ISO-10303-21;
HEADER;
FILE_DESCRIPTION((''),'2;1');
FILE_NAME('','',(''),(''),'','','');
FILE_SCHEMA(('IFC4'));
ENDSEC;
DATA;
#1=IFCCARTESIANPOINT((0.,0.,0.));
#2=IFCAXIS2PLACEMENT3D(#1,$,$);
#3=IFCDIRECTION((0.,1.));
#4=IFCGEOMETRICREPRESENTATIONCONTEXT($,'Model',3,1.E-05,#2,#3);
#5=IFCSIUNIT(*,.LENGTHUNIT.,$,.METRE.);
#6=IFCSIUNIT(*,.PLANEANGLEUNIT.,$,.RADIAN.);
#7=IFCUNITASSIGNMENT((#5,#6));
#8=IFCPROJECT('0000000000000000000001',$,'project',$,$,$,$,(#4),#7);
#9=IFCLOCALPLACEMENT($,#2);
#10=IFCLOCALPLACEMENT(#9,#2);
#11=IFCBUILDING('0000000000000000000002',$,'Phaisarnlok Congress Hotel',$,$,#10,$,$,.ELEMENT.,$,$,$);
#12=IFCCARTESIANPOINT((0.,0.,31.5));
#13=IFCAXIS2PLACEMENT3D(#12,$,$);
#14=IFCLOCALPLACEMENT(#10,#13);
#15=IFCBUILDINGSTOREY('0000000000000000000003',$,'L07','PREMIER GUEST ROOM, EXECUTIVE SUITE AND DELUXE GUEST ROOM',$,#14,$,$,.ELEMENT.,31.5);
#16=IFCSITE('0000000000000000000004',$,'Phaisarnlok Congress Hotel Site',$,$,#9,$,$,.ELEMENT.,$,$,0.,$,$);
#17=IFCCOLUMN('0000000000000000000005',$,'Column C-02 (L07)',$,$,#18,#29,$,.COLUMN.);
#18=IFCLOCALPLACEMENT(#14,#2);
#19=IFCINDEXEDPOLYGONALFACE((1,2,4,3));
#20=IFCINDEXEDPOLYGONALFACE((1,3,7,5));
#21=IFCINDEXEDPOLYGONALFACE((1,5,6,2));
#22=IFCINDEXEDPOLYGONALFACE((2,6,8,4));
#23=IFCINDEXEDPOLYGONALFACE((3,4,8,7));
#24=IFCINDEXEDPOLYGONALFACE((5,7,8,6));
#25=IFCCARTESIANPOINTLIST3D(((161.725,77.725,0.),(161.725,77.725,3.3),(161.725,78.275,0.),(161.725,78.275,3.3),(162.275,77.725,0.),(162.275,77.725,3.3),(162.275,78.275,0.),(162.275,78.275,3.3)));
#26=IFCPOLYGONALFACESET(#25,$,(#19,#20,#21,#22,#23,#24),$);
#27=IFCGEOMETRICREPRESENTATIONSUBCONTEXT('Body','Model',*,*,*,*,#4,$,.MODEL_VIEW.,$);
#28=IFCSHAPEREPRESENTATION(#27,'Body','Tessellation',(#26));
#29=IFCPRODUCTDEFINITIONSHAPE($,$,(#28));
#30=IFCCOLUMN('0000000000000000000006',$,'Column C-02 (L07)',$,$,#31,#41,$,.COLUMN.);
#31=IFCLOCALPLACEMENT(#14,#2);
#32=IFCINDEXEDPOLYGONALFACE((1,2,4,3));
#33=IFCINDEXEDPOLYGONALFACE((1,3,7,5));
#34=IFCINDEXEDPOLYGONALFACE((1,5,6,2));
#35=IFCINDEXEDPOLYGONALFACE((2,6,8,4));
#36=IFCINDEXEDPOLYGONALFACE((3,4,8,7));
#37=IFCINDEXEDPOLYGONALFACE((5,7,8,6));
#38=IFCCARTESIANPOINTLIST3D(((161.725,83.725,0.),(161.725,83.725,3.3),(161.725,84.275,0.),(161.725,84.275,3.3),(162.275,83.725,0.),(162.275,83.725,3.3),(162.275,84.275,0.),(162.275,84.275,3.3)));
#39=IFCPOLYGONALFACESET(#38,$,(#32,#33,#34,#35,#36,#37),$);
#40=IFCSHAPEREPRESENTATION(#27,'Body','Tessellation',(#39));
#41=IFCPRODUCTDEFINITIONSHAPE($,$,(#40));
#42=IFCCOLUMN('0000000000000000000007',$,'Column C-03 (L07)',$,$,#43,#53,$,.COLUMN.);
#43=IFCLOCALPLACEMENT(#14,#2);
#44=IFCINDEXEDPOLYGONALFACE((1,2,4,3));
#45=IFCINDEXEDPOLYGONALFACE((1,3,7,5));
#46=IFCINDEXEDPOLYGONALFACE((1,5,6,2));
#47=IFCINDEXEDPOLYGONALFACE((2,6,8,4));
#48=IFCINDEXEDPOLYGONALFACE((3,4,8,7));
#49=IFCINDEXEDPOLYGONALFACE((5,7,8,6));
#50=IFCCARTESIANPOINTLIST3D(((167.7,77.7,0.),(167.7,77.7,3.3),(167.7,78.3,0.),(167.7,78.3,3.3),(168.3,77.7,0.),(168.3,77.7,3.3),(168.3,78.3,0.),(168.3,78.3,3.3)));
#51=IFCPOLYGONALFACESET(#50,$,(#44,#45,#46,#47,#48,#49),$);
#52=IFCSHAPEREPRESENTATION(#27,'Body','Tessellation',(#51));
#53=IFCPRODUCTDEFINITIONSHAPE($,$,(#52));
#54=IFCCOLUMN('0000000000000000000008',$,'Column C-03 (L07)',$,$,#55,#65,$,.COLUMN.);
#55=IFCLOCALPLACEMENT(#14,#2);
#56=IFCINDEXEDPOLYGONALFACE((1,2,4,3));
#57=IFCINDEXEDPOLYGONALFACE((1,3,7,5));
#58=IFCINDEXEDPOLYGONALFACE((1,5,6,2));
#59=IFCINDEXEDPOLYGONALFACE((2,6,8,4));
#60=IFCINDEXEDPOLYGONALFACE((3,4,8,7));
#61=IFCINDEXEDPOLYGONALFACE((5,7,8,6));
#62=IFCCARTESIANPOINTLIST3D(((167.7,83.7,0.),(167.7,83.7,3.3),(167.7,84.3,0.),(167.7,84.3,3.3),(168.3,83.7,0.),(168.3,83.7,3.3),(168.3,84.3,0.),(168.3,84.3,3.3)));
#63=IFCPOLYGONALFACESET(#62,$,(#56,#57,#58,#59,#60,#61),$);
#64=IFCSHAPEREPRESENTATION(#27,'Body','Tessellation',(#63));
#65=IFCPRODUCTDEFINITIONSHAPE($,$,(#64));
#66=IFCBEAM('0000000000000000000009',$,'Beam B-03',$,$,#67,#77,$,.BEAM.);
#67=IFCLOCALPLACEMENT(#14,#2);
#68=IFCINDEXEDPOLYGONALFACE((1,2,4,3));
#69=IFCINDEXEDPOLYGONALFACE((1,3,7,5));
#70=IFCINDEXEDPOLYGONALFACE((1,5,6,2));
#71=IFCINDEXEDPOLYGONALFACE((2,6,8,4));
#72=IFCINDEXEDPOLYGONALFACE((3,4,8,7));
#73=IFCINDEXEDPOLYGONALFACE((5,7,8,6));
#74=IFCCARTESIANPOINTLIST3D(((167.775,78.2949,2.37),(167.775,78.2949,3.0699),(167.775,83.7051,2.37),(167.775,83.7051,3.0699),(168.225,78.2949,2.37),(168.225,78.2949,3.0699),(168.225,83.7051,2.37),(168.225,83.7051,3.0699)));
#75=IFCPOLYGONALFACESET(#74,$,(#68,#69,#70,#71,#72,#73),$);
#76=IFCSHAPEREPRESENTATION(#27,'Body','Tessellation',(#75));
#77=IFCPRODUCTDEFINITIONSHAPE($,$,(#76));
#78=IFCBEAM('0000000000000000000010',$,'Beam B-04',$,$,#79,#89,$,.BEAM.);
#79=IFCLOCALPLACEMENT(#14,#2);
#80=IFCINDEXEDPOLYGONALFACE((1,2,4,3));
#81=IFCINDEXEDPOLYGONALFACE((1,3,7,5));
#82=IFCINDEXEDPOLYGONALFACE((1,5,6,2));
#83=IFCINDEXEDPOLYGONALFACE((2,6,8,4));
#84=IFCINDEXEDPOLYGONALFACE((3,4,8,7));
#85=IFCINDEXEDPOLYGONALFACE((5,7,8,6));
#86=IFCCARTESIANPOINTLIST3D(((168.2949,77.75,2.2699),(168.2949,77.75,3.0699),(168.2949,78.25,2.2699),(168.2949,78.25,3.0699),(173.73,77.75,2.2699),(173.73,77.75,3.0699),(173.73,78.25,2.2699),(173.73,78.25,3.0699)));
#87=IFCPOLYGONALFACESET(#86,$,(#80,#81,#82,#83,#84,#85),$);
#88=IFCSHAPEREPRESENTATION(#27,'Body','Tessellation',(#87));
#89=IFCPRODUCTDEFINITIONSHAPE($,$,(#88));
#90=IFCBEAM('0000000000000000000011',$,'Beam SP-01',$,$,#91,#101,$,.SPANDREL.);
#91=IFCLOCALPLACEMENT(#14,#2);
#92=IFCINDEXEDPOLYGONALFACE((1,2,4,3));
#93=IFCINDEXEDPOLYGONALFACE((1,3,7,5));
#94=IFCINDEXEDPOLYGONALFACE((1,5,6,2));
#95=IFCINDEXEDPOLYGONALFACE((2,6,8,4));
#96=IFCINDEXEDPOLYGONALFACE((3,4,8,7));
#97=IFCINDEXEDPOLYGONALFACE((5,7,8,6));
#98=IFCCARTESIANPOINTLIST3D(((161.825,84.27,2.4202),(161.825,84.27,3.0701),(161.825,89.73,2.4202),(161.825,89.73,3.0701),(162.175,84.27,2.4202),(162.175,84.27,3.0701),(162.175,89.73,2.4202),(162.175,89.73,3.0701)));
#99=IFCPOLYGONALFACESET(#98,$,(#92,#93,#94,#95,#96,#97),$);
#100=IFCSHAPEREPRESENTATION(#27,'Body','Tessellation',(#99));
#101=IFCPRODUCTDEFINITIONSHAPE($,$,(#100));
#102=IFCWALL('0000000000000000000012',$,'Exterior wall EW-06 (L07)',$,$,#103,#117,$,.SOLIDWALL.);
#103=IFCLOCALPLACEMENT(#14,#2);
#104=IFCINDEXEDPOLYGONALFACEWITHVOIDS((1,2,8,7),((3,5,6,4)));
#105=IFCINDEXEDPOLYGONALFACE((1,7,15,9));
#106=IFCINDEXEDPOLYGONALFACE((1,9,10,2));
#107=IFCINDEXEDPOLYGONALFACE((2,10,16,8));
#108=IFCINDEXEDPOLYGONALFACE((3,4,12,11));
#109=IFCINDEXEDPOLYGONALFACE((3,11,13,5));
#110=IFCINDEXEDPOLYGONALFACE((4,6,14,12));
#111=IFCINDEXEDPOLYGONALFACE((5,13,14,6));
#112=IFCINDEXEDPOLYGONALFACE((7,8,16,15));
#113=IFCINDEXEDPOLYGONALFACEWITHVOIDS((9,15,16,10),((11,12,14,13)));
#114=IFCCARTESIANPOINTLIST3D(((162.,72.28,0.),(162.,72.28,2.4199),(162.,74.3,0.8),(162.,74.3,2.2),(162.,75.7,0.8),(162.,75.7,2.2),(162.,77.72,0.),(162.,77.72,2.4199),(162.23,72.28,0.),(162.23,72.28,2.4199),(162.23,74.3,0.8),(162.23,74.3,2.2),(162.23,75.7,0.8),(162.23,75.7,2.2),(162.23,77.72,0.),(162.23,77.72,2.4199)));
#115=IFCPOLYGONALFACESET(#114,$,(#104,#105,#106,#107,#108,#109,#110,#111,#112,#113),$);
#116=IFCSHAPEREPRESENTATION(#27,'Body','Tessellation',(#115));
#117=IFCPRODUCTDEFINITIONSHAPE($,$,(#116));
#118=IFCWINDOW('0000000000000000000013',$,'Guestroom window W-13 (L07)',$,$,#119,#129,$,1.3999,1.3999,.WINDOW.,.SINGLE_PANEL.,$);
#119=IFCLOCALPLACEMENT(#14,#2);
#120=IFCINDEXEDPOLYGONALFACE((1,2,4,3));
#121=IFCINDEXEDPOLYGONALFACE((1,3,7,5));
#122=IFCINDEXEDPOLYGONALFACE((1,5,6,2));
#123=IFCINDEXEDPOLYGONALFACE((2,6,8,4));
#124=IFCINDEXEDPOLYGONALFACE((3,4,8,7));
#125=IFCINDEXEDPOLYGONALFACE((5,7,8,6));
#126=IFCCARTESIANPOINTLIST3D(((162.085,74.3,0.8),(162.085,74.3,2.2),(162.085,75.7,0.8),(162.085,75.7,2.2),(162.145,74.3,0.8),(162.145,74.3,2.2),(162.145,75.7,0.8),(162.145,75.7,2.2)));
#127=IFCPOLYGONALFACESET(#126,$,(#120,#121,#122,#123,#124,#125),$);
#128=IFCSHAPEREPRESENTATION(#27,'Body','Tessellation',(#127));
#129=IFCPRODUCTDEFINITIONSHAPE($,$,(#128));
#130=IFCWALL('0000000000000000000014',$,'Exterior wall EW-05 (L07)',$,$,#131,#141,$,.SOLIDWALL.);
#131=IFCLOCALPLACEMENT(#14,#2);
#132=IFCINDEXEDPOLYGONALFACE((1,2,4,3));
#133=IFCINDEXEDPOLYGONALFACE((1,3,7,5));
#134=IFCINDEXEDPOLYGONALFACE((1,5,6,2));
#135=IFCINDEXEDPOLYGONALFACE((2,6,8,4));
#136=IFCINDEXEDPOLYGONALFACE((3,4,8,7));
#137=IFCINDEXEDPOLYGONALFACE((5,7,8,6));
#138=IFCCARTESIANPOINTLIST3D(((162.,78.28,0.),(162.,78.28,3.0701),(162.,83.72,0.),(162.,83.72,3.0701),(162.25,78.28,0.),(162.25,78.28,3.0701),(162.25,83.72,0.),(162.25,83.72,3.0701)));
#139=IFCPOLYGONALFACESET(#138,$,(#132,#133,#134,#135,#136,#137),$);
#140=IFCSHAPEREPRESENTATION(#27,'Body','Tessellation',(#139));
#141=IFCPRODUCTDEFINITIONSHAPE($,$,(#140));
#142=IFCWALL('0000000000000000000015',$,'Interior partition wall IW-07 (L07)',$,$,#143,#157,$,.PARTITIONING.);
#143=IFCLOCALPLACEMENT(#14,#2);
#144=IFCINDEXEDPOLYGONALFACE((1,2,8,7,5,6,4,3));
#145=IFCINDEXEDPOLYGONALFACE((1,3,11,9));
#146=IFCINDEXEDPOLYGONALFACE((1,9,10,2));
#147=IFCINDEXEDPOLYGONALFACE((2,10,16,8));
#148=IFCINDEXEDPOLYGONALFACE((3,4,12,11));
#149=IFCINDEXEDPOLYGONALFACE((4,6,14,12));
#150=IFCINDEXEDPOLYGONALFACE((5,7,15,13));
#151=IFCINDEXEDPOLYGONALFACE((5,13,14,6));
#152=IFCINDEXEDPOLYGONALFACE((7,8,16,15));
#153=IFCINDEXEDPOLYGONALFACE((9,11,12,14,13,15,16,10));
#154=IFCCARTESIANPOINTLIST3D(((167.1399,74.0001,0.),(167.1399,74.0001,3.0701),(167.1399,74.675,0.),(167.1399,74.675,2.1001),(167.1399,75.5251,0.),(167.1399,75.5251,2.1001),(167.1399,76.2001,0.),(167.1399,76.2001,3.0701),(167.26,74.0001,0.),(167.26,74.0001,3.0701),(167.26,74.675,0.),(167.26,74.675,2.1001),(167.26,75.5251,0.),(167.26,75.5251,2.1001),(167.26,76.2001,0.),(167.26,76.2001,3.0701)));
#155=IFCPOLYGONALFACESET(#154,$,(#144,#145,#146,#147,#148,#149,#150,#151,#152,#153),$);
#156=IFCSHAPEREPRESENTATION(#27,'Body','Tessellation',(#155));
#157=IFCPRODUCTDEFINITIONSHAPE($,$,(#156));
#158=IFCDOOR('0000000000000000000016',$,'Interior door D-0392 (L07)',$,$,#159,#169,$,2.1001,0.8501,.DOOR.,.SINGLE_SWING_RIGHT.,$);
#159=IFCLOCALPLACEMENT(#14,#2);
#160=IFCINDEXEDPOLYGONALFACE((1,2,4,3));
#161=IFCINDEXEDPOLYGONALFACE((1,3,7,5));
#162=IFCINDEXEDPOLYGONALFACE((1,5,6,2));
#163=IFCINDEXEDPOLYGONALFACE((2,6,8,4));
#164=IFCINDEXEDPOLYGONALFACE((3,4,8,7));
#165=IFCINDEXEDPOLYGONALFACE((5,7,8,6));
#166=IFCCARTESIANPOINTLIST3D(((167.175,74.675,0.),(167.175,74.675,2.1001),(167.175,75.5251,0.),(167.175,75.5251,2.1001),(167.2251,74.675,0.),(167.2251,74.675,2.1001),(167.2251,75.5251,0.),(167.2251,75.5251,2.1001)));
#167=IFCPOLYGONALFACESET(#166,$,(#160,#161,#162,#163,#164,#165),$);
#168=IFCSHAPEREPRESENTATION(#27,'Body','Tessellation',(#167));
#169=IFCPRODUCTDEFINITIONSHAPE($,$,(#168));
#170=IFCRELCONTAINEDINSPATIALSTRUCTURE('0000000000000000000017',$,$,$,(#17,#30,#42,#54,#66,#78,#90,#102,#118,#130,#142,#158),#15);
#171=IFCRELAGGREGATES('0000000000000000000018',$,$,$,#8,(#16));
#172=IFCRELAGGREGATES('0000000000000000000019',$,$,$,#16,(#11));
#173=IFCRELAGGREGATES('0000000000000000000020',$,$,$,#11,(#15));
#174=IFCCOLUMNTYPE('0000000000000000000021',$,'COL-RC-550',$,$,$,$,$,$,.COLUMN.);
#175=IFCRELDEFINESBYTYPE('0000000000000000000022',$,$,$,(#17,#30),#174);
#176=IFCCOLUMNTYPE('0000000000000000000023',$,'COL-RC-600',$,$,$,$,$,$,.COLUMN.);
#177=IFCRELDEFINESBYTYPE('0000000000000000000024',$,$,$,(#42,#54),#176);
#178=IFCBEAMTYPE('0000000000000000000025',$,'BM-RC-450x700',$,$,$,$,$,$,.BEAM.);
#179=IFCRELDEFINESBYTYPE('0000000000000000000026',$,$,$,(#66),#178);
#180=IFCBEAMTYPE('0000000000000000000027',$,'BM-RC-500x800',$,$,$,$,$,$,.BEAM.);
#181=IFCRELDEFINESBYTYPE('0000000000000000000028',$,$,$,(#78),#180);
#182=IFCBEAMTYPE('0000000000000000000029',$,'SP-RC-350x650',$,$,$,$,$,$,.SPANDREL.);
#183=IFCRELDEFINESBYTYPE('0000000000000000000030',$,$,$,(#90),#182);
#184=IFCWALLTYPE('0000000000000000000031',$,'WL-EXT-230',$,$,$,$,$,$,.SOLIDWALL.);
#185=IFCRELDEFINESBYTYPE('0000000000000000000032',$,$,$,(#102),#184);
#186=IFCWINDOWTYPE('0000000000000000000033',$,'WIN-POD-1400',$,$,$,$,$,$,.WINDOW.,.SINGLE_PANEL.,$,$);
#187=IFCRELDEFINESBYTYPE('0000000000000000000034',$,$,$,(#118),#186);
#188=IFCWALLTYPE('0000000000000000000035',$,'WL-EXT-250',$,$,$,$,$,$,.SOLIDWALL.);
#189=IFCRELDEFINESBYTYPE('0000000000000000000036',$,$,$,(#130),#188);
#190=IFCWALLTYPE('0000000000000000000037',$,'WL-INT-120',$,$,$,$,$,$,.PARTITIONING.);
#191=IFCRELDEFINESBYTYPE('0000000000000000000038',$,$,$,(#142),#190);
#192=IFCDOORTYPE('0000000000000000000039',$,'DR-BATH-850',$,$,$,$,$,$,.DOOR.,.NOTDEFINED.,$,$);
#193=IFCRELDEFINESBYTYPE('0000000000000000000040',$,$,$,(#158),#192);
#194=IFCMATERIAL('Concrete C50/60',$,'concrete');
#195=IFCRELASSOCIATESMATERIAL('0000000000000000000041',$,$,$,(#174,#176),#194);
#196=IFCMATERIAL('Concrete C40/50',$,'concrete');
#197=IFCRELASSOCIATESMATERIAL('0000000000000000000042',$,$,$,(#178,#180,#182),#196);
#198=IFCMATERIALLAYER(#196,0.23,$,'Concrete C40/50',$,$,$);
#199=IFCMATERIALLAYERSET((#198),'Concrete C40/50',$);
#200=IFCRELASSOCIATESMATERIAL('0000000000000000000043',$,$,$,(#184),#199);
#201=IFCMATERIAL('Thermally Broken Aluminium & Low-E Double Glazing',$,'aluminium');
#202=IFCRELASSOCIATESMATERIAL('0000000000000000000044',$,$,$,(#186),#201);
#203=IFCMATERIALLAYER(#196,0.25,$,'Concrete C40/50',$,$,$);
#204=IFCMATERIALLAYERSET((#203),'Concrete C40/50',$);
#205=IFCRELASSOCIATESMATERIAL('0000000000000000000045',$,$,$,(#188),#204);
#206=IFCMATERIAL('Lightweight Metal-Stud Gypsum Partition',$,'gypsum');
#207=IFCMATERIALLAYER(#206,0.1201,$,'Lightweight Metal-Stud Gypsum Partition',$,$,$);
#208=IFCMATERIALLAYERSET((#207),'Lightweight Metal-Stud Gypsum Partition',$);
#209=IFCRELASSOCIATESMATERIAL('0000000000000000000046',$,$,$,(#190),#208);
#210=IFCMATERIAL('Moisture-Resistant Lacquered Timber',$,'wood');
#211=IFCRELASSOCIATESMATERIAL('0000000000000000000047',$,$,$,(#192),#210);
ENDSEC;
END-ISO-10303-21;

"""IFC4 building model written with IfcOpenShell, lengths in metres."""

from ifc_helpers import new_model, si_unit, direction, frame, frame_2d, origin, origin_2d, place, context, subcontext, project, spatial, rectangle, extrude, material, layer, layer_set, material_profile, profile_set, type_object, element, fill, save


model = new_model("IFC4")

# Units and contexts
model_context = context("Model", 3, precision=1e-05, world=origin(), true_north=direction((0.0, 1.0)))
body_context = subcontext(model_context, "Body", "Model", "MODEL_VIEW")
ifc_project = project(units=[si_unit("LENGTHUNIT", "METRE"), si_unit("PLANEANGLEUNIT", "RADIAN")], contexts=[model_context])

# Site, building, storey
site_placement = place(None, origin())
site = spatial("IfcSite", under=ifc_project, at=site_placement, Name="Phaisarnlok Congress Hotel Site", CompositionType="ELEMENT", RefElevation=0.0)
building_placement = place(site_placement, origin())
building = spatial("IfcBuilding", under=site, at=building_placement, Name="Phaisarnlok Congress Hotel", CompositionType="ELEMENT")
storey_placement = place(building_placement, frame((0.0, 0.0, 31.5)))
storey = spatial("IfcBuildingStorey", under=building, at=storey_placement, Name="L07", Description="PREMIER GUEST ROOM, EXECUTIVE SUITE AND DELUXE GUEST ROOM", CompositionType="ELEMENT", Elevation=31.5)

# Columns
ifc_material_1 = material(Name="Concrete C50/60", Category="concrete")
ifc_material_profile_1 = material_profile(ifc_material_1, rectangle(XDim=0.55, YDim=0.55, at=origin_2d()), Name="RC 550x550")
ifc_profile_set_1 = profile_set([ifc_material_profile_1], Name="Concrete C50/60")
column_type_1 = type_object("IfcColumnType", Name="COL-RC-550", PredefinedType="COLUMN", material=ifc_profile_set_1)
for number, where, z_axis, x_axis, name in (
    (1, (162.0, 78.0, 0.0), (0.0, 0.0, 1.0), (1.0, 0.0, 0.0), "Column C-02 (L07)"),
    (2, (162.0, 84.0, 0.0), (0.0, 0.0, 1.0), (1.0, 0.0, 0.0), "Column C-02 (L07)"),
):
    element("IfcColumn", number, at=place(storey_placement, frame(where, z_axis=z_axis, x_axis=x_axis)), inside=storey, type_object=column_type_1, Name=name, PredefinedType="COLUMN", context=body_context, shape_type="SweptSolid", body=[
        extrude(rectangle(XDim=0.55, YDim=0.55, at=origin_2d()), origin(), (0.0, 0.0, 1.0), 3.3),
    ])
ifc_material_profile_2 = material_profile(ifc_material_1, rectangle(XDim=0.6001, YDim=0.6001, at=origin_2d()), Name="RC 600x600")
ifc_profile_set_2 = profile_set([ifc_material_profile_2], Name="Concrete C50/60")
column_type_2 = type_object("IfcColumnType", Name="COL-RC-600", PredefinedType="COLUMN", material=ifc_profile_set_2)
for number, where, z_axis, x_axis, name in (
    (3, (168.0, 78.0, 0.0), (0.0, 0.0, 1.0), (1.0, 0.0, 0.0), "Column C-03 (L07)"),
    (4, (168.0, 84.0, 0.0), (0.0, 0.0, 1.0), (1.0, 0.0, 0.0), "Column C-03 (L07)"),
):
    element("IfcColumn", number, at=place(storey_placement, frame(where, z_axis=z_axis, x_axis=x_axis)), inside=storey, type_object=column_type_2, Name=name, PredefinedType="COLUMN", context=body_context, shape_type="SweptSolid", body=[
        extrude(rectangle(XDim=0.6001, YDim=0.6001, at=origin_2d()), origin(), (0.0, 0.0, 1.0), 3.3),
    ])

# Beams
ifc_material_2 = material(Name="Concrete C40/50", Category="concrete")
ifc_material_profile_3 = material_profile(ifc_material_2, rectangle(XDim=0.45, YDim=0.7, at=origin_2d()), Name="RC 450x700")
ifc_profile_set_3 = profile_set([ifc_material_profile_3], Name="Concrete C40/50")
beam_type_1 = type_object("IfcBeamType", Name="BM-RC-450x700", PredefinedType="BEAM", material=ifc_profile_set_3)
beam_1_placement = place(storey_placement, frame((168.0, 78.2949, 2.72), z_axis=(0.0, 1.0, 0.0), x_axis=(-1.0, 0.0, 0.0)))
element("IfcBeam", 5, at=beam_1_placement, inside=storey, type_object=beam_type_1, Name="Beam B-03", PredefinedType="BEAM", context=body_context, shape_type="SweptSolid", body=[
    extrude(rectangle(XDim=0.45, YDim=0.7, at=origin_2d()), origin(), (0.0, 0.0, 1.0), 5.4102),
])
ifc_material_profile_4 = material_profile(ifc_material_2, rectangle(XDim=0.5, YDim=0.8, at=origin_2d()), Name="RC 500x800")
ifc_profile_set_4 = profile_set([ifc_material_profile_4], Name="Concrete C40/50")
beam_type_2 = type_object("IfcBeamType", Name="BM-RC-500x800", PredefinedType="BEAM", material=ifc_profile_set_4)
beam_2_placement = place(storey_placement, frame((168.2949, 78.0, 2.6699), z_axis=(1.0, 0.0, 0.0), x_axis=(0.0, 1.0, 0.0)))
element("IfcBeam", 6, at=beam_2_placement, inside=storey, type_object=beam_type_2, Name="Beam B-04", PredefinedType="BEAM", context=body_context, shape_type="SweptSolid", body=[
    extrude(rectangle(XDim=0.5, YDim=0.8, at=origin_2d()), origin(), (0.0, 0.0, 1.0), 5.4351),
])
ifc_material_profile_5 = material_profile(ifc_material_2, rectangle(XDim=0.3501, YDim=0.6499, at=origin_2d()), Name="RC 350x650")
ifc_profile_set_5 = profile_set([ifc_material_profile_5], Name="Concrete C40/50")
beam_type_3 = type_object("IfcBeamType", Name="SP-RC-350x650", PredefinedType="SPANDREL", material=ifc_profile_set_5)
beam_3_placement = place(storey_placement, frame((162.0, 84.27, 2.7451), z_axis=(0.0, 1.0, 0.0), x_axis=(-1.0, 0.0, 0.0)))
element("IfcBeam", 7, at=beam_3_placement, inside=storey, type_object=beam_type_3, Name="Beam SP-01", PredefinedType="SPANDREL", context=body_context, shape_type="SweptSolid", body=[
    extrude(rectangle(XDim=0.3501, YDim=0.6499, at=origin_2d()), origin(), (0.0, 0.0, 1.0), 5.46),
])

# Wall, opening, window
ifc_layer_1 = layer(ifc_material_2, 0.23, Name="Concrete C40/50")
ifc_layer_set_1 = layer_set([ifc_layer_1], Name="Concrete C40/50")
wall_type_1 = type_object("IfcWallType", Name="WL-EXT-230", PredefinedType="SOLIDWALL", material=ifc_layer_set_1)
wall_1_placement = place(storey_placement, frame((162.115, 77.72, 0.0), z_axis=(0.0, 0.0, 1.0), x_axis=(0.0, -1.0, 0.0)))
wall_1 = element("IfcWall", 8, at=wall_1_placement, inside=storey, type_object=wall_type_1, Name="Exterior wall EW-06 (L07)", PredefinedType="SOLIDWALL", context=body_context, shape_type="SweptSolid", body=[
    extrude(rectangle(XDim=5.4399, YDim=0.23, at=frame_2d((2.72, 0.0))), origin(), (0.0, 0.0, 1.0), 2.4199),
])
opening_1_placement = place(wall_1_placement, frame((2.02, 0.0, 0.8)))
opening_1 = element("IfcOpeningElement", 9, at=opening_1_placement, cuts=wall_1, PredefinedType="OPENING", context=body_context, shape_type="SweptSolid", body=[
    extrude(rectangle(XDim=1.3999, YDim=1.3999, at=frame_2d((0.7, 0.7))), frame((0.0, 0.125, 0.0), z_axis=(0.0, -1.0, 0.0), x_axis=(1.0, 0.0, 0.0)), (0.0, 0.0, 1.0), 0.25),
])
ifc_material_3 = material(Name="Thermally Broken Aluminium & Low-E Double Glazing", Category="aluminium")
window_type = type_object("IfcWindowType", Name="WIN-POD-1400", PartitioningType="SINGLE_PANEL", PredefinedType="WINDOW", material=ifc_material_3)
window_placement = place(opening_1_placement, origin())
window = element("IfcWindow", 10, at=window_placement, inside=storey, type_object=window_type, Name="Guestroom window W-13 (L07)", OverallHeight=1.3999, OverallWidth=1.3999, PartitioningType="SINGLE_PANEL", PredefinedType="WINDOW", context=body_context, shape_type="SweptSolid", body=[
    extrude(rectangle(XDim=1.3999, YDim=1.3999, at=frame_2d((0.7, 0.7))), frame((0.0, 0.03, 0.0), z_axis=(0.0, -1.0, 0.0), x_axis=(1.0, 0.0, 0.0)), (0.0, 0.0, 1.0), 0.0601),
])
fill(opening_1, window)

# Wall
ifc_layer_2 = layer(ifc_material_2, 0.25, Name="Concrete C40/50")
ifc_layer_set_2 = layer_set([ifc_layer_2], Name="Concrete C40/50")
wall_type_2 = type_object("IfcWallType", Name="WL-EXT-250", PredefinedType="SOLIDWALL", material=ifc_layer_set_2)
wall_2_placement = place(storey_placement, frame((162.125, 83.72, 0.0), z_axis=(0.0, 0.0, 1.0), x_axis=(0.0, -1.0, 0.0)))
element("IfcWall", 11, at=wall_2_placement, inside=storey, type_object=wall_type_2, Name="Exterior wall EW-05 (L07)", PredefinedType="SOLIDWALL", context=body_context, shape_type="SweptSolid", body=[
    extrude(rectangle(XDim=5.4399, YDim=0.25, at=frame_2d((2.72, 0.0))), origin(), (0.0, 0.0, 1.0), 3.0701),
])

# Wall, opening, door
ifc_material_4 = material(Name="Lightweight Metal-Stud Gypsum Partition", Category="gypsum")
ifc_layer_3 = layer(ifc_material_4, 0.1201, Name="Lightweight Metal-Stud Gypsum Partition")
ifc_layer_set_3 = layer_set([ifc_layer_3], Name="Lightweight Metal-Stud Gypsum Partition")
wall_type_3 = type_object("IfcWallType", Name="WL-INT-120", PredefinedType="PARTITIONING", material=ifc_layer_set_3)
wall_3_placement = place(storey_placement, frame((167.2, 74.0, 0.0), z_axis=(0.0, 0.0, 1.0), x_axis=(0.0, 1.0, 0.0)))
wall_3 = element("IfcWall", 12, at=wall_3_placement, inside=storey, type_object=wall_type_3, Name="Interior partition wall IW-07 (L07)", PredefinedType="PARTITIONING", context=body_context, shape_type="SweptSolid", body=[
    extrude(rectangle(XDim=2.2, YDim=0.1201, at=frame_2d((1.1001, 0.0))), origin(), (0.0, 0.0, 1.0), 3.0701),
])
opening_2_placement = place(wall_3_placement, frame((0.675, 0.0, 0.0)))
opening_2 = element("IfcOpeningElement", 13, at=opening_2_placement, cuts=wall_3, PredefinedType="OPENING", context=body_context, shape_type="SweptSolid", body=[
    extrude(rectangle(XDim=0.8501, YDim=2.1001, at=frame_2d((0.425, 1.05))), frame((0.0, 0.0701, 0.0), z_axis=(0.0, -1.0, 0.0), x_axis=(1.0, 0.0, 0.0)), (0.0, 0.0, 1.0), 0.1401),
])
ifc_material_5 = material(Name="Moisture-Resistant Lacquered Timber", Category="wood")
door_type = type_object("IfcDoorType", Name="DR-BATH-850", OperationType="NOTDEFINED", PredefinedType="DOOR", material=ifc_material_5)
door_placement = place(opening_2_placement, origin())
door = element("IfcDoor", 14, at=door_placement, inside=storey, type_object=door_type, Name="Interior door D-0392 (L07)", OperationType="SINGLE_SWING_RIGHT", OverallHeight=2.1001, OverallWidth=0.8501, PredefinedType="DOOR", context=body_context, shape_type="SweptSolid", body=[
    extrude(rectangle(XDim=0.8501, YDim=2.1001, at=frame_2d((0.425, 1.05))), frame((0.0, 0.0249, 0.0), z_axis=(0.0, -1.0, 0.0), x_axis=(1.0, 0.0, 0.0)), (0.0, 0.0, 1.0), 0.05),
])
fill(opening_2, door)

save(model, "model.ifc")
